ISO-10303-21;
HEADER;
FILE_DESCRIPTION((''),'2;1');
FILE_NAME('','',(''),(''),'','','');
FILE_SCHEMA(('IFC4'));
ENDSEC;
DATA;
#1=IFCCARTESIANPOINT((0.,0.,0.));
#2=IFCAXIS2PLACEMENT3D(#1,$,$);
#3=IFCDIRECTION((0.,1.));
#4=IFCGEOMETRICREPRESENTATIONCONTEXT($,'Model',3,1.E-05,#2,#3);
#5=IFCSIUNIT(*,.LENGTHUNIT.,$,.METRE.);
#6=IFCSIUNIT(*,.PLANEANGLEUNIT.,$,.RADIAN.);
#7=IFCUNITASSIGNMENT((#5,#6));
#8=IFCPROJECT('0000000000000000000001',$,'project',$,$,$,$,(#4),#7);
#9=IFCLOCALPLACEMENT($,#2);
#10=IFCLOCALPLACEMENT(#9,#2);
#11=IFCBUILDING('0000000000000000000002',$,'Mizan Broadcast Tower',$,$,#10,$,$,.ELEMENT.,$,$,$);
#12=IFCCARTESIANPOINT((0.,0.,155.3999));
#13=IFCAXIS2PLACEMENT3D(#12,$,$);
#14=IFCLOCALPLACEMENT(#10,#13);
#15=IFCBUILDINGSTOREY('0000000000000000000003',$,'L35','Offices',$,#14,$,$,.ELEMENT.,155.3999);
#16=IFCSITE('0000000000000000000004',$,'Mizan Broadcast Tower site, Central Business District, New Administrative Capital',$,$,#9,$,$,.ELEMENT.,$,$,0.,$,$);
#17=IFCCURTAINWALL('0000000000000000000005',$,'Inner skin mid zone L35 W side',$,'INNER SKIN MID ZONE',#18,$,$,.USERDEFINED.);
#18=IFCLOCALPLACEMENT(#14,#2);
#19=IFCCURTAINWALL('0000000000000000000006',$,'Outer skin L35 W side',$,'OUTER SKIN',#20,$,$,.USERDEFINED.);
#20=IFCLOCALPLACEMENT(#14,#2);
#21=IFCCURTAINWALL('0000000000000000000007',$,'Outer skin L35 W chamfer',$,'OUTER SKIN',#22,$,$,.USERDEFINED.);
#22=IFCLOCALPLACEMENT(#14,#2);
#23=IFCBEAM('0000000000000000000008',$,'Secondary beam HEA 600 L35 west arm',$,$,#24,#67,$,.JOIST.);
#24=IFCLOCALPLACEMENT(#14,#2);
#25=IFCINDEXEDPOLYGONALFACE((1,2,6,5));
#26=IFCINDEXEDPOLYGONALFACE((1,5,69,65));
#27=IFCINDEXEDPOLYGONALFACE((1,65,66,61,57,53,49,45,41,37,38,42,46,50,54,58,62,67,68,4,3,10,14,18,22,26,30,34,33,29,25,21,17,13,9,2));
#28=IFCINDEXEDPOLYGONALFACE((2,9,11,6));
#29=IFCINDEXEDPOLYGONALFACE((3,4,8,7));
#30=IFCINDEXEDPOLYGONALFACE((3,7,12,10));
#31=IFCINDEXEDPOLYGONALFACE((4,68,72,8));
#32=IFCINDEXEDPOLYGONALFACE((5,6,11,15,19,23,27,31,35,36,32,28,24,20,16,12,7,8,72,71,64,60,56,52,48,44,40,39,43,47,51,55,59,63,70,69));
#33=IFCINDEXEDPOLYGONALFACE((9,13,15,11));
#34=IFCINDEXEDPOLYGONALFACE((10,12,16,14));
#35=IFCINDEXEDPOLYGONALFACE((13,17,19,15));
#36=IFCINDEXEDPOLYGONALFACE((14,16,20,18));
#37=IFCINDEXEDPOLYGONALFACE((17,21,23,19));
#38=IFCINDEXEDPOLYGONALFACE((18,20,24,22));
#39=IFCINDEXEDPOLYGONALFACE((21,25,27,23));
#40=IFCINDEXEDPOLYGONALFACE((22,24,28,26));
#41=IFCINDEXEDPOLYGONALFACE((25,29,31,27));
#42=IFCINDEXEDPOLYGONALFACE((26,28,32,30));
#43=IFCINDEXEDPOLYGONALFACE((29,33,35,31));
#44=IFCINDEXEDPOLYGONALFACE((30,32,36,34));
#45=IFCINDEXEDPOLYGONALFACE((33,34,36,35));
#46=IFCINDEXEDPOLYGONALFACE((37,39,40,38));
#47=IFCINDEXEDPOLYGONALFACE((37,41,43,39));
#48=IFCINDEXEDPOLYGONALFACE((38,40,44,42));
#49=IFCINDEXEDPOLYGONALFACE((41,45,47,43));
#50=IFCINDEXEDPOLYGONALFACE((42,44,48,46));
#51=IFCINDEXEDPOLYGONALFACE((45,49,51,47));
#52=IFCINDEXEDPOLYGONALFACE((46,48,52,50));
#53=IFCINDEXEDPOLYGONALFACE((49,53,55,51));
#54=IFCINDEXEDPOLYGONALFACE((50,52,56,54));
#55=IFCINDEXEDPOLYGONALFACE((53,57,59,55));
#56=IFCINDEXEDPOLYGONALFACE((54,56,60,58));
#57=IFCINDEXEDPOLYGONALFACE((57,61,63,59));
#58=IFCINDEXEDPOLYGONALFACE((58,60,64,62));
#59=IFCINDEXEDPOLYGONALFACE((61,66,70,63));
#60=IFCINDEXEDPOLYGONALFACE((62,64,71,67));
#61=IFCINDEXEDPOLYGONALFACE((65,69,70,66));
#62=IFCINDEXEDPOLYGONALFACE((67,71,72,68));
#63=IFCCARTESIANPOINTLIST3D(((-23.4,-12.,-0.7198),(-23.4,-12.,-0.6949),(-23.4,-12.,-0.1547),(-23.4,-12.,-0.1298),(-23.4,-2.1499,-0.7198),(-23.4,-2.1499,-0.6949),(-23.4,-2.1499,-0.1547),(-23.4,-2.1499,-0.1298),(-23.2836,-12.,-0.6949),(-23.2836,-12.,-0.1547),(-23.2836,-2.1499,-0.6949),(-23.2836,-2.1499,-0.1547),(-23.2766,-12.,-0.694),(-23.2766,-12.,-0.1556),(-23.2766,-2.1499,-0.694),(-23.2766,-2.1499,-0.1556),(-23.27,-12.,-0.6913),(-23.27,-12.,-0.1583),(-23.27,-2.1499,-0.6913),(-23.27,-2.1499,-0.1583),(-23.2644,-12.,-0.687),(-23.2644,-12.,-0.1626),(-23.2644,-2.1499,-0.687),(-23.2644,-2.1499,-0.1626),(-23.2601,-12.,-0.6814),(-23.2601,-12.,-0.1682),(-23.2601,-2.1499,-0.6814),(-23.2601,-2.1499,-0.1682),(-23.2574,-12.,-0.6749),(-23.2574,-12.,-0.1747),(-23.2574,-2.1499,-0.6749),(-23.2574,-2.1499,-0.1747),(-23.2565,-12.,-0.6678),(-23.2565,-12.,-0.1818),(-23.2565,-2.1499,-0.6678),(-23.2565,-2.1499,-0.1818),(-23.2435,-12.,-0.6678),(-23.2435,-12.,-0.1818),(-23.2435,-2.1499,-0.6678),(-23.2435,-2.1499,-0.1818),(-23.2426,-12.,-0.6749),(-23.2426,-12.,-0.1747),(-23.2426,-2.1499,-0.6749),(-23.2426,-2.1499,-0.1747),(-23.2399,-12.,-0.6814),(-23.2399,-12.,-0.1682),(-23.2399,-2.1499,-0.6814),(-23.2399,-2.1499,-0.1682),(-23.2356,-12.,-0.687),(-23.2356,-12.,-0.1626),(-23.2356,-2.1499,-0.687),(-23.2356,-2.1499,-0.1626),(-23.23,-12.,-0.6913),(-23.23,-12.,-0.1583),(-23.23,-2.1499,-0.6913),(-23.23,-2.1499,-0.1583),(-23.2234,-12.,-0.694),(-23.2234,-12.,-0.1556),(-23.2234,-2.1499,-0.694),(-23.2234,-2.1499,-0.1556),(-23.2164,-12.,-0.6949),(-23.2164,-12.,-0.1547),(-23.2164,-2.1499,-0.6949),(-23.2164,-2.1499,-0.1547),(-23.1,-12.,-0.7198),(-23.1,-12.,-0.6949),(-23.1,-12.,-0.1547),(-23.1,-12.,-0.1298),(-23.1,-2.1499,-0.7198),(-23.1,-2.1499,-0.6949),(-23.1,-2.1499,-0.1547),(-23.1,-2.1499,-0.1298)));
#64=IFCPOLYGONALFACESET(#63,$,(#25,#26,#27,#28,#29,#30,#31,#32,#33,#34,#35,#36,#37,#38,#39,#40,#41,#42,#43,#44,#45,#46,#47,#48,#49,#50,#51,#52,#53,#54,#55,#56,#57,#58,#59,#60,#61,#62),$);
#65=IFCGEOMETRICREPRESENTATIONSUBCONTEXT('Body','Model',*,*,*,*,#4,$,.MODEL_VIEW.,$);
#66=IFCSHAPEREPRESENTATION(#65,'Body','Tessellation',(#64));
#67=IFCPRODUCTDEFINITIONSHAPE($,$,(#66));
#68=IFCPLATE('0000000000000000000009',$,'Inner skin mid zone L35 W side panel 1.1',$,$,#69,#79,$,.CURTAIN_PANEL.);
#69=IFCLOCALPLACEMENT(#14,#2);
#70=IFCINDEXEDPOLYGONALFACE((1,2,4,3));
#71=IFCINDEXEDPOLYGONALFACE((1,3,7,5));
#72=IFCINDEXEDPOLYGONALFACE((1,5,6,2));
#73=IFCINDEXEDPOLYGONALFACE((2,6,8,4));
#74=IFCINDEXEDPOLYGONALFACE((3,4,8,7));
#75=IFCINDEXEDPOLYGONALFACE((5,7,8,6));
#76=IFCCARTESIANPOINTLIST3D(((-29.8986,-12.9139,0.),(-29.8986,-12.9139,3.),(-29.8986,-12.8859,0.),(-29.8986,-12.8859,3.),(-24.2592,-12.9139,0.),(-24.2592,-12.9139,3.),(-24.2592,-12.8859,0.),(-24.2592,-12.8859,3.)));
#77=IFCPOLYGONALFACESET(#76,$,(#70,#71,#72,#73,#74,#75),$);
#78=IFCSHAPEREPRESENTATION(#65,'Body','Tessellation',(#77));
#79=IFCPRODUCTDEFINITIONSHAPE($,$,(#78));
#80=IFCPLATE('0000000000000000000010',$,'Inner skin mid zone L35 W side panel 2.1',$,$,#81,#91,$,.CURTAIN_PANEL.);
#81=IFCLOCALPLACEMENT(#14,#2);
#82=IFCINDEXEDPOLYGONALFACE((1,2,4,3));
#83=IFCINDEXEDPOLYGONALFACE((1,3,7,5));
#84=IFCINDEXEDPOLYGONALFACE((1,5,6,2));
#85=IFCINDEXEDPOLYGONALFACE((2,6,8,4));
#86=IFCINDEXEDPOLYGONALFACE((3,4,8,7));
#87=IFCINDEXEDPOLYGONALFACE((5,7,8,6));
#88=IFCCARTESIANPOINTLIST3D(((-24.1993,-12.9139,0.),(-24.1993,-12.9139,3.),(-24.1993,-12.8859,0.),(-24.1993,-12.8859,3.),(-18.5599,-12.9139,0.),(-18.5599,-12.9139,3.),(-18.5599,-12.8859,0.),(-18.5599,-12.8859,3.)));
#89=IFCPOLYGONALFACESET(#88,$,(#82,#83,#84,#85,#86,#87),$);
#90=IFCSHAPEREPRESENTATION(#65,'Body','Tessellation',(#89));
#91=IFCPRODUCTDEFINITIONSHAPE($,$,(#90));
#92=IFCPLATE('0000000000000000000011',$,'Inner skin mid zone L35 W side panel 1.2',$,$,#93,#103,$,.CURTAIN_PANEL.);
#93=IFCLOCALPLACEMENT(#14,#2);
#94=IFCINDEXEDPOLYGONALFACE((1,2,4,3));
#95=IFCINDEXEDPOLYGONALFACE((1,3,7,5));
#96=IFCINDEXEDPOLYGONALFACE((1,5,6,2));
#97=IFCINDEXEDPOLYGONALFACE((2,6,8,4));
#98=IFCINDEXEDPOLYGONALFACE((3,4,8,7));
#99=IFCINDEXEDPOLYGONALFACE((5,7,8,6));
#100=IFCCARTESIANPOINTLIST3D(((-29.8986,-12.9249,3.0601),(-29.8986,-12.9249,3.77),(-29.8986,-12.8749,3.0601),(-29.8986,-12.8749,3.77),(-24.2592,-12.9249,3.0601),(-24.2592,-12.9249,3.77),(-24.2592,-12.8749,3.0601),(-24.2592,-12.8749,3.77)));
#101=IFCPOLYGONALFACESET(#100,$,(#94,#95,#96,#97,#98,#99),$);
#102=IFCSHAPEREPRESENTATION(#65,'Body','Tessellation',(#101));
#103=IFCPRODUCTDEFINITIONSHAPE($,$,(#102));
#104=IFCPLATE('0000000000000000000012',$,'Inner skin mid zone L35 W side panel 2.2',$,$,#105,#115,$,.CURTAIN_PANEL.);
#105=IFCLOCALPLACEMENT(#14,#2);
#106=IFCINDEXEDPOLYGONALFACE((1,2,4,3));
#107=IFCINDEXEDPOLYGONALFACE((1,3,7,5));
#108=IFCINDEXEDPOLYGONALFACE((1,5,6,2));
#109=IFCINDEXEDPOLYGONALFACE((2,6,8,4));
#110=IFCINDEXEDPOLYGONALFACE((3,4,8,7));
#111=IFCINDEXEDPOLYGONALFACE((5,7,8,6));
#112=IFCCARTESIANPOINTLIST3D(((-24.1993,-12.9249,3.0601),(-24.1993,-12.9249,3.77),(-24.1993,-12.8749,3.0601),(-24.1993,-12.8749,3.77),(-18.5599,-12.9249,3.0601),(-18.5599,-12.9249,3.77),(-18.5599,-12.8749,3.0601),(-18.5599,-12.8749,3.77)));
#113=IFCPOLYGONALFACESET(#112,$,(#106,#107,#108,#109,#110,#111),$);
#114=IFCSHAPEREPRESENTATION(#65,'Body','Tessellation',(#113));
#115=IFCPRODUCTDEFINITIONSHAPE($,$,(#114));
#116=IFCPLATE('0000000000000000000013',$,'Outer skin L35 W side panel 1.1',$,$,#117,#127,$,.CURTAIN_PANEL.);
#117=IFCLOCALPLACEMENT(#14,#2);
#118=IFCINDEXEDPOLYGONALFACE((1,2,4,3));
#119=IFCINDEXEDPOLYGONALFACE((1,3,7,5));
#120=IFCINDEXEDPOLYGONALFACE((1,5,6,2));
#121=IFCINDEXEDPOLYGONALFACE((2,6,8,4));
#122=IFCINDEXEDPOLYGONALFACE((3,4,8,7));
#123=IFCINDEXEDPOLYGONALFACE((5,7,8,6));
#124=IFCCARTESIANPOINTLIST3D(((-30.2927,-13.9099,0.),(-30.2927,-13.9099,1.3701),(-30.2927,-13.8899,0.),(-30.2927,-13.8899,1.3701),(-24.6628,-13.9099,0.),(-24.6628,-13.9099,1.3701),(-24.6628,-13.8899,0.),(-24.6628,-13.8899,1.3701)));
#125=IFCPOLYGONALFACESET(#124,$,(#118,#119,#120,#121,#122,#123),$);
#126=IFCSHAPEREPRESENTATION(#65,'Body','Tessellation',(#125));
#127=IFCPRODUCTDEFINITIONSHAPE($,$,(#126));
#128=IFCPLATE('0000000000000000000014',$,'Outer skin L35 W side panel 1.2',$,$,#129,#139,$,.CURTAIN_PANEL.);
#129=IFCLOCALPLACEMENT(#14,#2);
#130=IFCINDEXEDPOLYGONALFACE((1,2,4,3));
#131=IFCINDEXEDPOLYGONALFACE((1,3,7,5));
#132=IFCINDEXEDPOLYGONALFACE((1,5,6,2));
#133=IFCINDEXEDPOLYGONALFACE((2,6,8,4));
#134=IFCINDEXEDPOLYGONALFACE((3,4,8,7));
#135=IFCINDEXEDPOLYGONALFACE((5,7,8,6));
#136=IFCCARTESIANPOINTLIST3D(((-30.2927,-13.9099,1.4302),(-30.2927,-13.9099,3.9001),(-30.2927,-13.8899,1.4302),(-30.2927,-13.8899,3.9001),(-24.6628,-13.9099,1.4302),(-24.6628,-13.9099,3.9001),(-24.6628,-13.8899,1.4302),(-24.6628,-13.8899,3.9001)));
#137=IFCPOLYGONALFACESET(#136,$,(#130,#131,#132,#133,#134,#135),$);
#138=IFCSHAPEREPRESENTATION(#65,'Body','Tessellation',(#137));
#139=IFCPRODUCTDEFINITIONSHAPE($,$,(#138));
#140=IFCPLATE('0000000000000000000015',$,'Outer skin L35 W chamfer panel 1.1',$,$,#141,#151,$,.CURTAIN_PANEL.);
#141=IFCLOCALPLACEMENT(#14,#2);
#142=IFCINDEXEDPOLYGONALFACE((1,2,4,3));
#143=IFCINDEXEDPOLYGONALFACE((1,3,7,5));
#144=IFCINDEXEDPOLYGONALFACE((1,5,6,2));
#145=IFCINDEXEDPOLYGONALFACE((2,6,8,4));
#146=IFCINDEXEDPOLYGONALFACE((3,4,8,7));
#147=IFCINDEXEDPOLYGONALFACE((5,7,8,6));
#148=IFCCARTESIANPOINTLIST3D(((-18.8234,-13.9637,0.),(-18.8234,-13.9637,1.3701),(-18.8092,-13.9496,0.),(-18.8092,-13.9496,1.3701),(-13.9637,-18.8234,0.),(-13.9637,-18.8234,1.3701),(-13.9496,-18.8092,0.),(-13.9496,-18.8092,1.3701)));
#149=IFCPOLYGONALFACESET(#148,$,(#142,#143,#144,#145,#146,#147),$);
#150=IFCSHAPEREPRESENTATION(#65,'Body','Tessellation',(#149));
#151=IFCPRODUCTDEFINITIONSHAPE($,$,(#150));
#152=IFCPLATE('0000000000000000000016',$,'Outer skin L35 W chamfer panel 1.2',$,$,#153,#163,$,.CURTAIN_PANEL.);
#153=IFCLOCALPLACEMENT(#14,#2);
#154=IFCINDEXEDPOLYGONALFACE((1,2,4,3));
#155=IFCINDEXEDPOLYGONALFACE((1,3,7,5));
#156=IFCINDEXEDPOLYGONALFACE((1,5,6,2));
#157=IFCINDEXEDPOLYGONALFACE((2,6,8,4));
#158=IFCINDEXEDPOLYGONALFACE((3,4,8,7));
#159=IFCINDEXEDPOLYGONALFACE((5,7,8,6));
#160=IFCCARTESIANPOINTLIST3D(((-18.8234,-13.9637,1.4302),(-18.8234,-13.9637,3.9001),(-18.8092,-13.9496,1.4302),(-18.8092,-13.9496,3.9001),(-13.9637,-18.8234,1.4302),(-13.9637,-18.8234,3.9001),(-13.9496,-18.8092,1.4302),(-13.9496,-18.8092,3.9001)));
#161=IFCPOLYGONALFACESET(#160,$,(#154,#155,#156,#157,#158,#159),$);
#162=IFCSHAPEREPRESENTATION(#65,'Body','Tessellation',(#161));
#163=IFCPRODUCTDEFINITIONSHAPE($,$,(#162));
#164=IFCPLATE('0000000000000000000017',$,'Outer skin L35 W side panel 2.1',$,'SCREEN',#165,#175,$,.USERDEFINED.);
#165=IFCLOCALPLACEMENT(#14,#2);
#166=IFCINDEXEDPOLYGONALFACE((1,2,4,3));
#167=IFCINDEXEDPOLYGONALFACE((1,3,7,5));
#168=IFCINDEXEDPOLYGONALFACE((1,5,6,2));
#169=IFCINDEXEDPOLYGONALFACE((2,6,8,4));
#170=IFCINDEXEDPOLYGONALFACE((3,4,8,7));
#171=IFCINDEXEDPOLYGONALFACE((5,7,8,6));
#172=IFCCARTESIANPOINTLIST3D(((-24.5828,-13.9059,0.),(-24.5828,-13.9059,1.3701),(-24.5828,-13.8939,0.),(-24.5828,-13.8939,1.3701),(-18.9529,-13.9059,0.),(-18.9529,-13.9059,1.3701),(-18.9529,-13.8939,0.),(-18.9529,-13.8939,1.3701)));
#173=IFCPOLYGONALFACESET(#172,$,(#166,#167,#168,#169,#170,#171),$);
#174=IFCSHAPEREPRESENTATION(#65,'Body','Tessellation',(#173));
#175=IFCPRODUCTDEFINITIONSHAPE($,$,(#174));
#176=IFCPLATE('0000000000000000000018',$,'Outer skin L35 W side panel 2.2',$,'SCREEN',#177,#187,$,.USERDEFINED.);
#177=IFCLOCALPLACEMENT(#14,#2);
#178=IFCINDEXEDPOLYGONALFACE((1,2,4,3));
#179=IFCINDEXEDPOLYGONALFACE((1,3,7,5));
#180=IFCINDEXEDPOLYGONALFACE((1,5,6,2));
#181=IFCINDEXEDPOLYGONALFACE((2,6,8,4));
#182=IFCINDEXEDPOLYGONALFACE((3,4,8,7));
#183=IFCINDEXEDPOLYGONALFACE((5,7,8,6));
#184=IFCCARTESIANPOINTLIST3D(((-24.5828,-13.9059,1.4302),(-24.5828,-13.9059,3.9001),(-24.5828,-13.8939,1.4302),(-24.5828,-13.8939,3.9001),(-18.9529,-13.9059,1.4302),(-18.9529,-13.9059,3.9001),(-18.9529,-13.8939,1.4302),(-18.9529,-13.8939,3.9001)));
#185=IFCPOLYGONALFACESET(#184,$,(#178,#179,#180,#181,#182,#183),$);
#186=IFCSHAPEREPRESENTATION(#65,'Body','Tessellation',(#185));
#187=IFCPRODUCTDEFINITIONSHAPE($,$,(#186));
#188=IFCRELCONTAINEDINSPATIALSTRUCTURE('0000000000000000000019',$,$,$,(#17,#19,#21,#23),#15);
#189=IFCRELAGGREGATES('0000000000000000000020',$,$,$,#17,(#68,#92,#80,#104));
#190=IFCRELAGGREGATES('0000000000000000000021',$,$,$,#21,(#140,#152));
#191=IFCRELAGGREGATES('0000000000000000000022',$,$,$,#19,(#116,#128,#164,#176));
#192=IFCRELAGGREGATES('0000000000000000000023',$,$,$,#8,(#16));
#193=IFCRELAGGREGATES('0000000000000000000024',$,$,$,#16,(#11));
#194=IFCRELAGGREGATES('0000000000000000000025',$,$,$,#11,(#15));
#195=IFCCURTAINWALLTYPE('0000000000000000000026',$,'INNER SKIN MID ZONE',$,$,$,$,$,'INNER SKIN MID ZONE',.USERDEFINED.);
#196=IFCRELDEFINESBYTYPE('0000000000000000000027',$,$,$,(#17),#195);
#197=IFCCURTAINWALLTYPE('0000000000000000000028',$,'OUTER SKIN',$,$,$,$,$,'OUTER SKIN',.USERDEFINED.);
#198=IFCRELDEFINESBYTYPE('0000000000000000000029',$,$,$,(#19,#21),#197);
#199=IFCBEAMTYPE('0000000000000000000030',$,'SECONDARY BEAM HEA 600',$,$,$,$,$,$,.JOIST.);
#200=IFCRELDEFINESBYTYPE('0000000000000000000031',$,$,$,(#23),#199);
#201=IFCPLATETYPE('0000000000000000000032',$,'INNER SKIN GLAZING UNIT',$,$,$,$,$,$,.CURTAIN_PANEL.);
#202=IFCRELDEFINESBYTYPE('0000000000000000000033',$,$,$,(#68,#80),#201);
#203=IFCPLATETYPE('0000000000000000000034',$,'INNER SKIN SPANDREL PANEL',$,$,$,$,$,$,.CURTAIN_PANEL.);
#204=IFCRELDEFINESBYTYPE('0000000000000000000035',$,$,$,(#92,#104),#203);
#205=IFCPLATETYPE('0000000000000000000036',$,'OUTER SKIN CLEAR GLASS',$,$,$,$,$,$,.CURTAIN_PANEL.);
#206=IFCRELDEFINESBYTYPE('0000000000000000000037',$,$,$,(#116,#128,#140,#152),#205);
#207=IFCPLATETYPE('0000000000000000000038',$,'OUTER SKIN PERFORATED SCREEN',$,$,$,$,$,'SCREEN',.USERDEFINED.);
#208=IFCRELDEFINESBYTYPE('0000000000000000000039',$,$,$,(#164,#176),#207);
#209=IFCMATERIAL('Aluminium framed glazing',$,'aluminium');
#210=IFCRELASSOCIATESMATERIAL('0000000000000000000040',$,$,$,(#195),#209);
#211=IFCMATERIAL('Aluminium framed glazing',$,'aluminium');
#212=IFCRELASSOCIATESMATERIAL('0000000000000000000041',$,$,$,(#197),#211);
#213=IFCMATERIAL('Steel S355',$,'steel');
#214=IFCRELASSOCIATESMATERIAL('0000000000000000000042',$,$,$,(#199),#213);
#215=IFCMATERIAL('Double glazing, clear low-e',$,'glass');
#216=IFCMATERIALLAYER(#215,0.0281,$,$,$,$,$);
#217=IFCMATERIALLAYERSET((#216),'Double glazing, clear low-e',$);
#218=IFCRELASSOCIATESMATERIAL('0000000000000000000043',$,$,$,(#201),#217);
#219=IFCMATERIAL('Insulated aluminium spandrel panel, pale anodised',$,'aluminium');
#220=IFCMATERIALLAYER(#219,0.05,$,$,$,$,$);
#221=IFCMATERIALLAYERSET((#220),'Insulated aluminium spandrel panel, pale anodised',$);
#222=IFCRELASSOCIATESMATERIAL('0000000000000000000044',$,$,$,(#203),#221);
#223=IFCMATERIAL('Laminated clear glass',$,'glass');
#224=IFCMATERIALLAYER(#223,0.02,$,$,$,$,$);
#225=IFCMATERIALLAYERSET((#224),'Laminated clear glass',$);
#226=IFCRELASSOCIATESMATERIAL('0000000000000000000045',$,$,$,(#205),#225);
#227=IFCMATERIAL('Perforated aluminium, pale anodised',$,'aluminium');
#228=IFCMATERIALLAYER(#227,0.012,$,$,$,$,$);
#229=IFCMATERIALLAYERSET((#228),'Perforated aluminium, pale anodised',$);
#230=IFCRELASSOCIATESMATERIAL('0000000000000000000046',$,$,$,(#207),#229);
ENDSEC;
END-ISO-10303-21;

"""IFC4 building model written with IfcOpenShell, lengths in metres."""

from ifc_helpers import new_model, si_unit, direction, frame, origin, origin_2d, place, context, subcontext, project, spatial, rectangle, i_section, extrude, material, layer, layer_set, material_profile, profile_set, type_object, element, aggregate, save


model = new_model("IFC4")

# Units and contexts
model_context = context("Model", 3, precision=1e-05, world=origin(), true_north=direction((0.0, 1.0)))
body_context = subcontext(model_context, "Body", "Model", "MODEL_VIEW")
ifc_project = project(units=[si_unit("LENGTHUNIT", "METRE"), si_unit("PLANEANGLEUNIT", "RADIAN")], contexts=[model_context])

# Site, building, storey
site_placement = place(None, origin())
site = spatial("IfcSite", under=ifc_project, at=site_placement, Name="Mizan Broadcast Tower site, Central Business District, New Administrative Capital", CompositionType="ELEMENT", RefElevation=0.0)
building_placement = place(site_placement, origin())
building = spatial("IfcBuilding", under=site, at=building_placement, Name="Mizan Broadcast Tower", CompositionType="ELEMENT")
storey_placement = place(building_placement, frame((0.0, 0.0, 155.3999)))
storey = spatial("IfcBuildingStorey", under=building, at=storey_placement, Name="L35", Description="Offices", CompositionType="ELEMENT", Elevation=155.3999)

# Curtain walls
ifc_material_1 = material(Name="Aluminium framed glazing", Category="aluminium")
curtain_wall_type_1 = type_object("IfcCurtainWallType", Name="INNER SKIN MID ZONE", ElementType="INNER SKIN MID ZONE", PredefinedType="USERDEFINED", material=ifc_material_1)
curtain_wall_1_placement = place(storey_placement, origin())
curtain_wall_1 = element("IfcCurtainWall", 1, at=curtain_wall_1_placement, inside=storey, type_object=curtain_wall_type_1, Name="Inner skin mid zone L35 W side", ObjectType="INNER SKIN MID ZONE", PredefinedType="USERDEFINED")
ifc_material_2 = material(Name="Aluminium framed glazing", Category="aluminium")
curtain_wall_type_2 = type_object("IfcCurtainWallType", Name="OUTER SKIN", ElementType="OUTER SKIN", PredefinedType="USERDEFINED", material=ifc_material_2)
curtain_wall_2_placement = place(storey_placement, origin())
curtain_wall_2 = element("IfcCurtainWall", 2, at=curtain_wall_2_placement, inside=storey, type_object=curtain_wall_type_2, Name="Outer skin L35 W side", ObjectType="OUTER SKIN", PredefinedType="USERDEFINED")

# Curtain wall
curtain_wall_3_placement = place(storey_placement, origin())
curtain_wall_3 = element("IfcCurtainWall", 3, at=curtain_wall_3_placement, inside=storey, type_object=curtain_wall_type_2, Name="Outer skin L35 W chamfer", ObjectType="OUTER SKIN", PredefinedType="USERDEFINED")

# Beam
ifc_material_3 = material(Name="Steel S355", Category="steel")
ifc_material_profile_1 = material_profile(ifc_material_3, i_section(OverallWidth=0.3, OverallDepth=0.5901, WebThickness=0.0129, FlangeThickness=0.0249, FilletRadius=0.0271, at=origin_2d()), Name="HEA 600")
ifc_profile_set_1 = profile_set([ifc_material_profile_1], Name="Steel S355")
beam_type_1 = type_object("IfcBeamType", Name="SECONDARY BEAM HEA 600", PredefinedType="JOIST", material=ifc_profile_set_1)
for number, where, z_axis, x_axis, name in (
    (4, (-23.25, -12.0, -0.4248), (0.0, 1.0, 0.0), (-1.0, 0.0, 0.0), "Secondary beam HEA 600 L35 west arm"),
):
    element("IfcBeam", number, at=place(storey_placement, frame(where, z_axis=z_axis, x_axis=x_axis)), inside=storey, type_object=beam_type_1, Name=name, PredefinedType="JOIST", context=body_context, shape_type="SweptSolid", body=[
        extrude(i_section(OverallWidth=0.3, OverallDepth=0.5901, WebThickness=0.0129, FlangeThickness=0.0249, FilletRadius=0.0271, at=origin_2d()), origin(), (0.0, 0.0, 1.0), 9.8501),
    ])

# Plates
ifc_material_4 = material(Name="Double glazing, clear low-e", Category="glass")
ifc_layer_1 = layer(ifc_material_4, 0.0281)
ifc_layer_set_1 = layer_set([ifc_layer_1], Name="Double glazing, clear low-e")
plate_type_1 = type_object("IfcPlateType", Name="INNER SKIN GLAZING UNIT", PredefinedType="CURTAIN_PANEL", material=ifc_layer_set_1)
plate_1_placement = place(storey_placement, frame((-27.0789, -12.8999, 0.0), z_axis=(0.0, 0.0, 1.0), x_axis=(1.0, 0.0, 0.0)))
plate_1 = element("IfcPlate", 5, at=plate_1_placement, type_object=plate_type_1, Name="Inner skin mid zone L35 W side panel 1.1", PredefinedType="CURTAIN_PANEL", context=body_context, shape_type="SweptSolid", body=[
    extrude(rectangle(XDim=5.6394, YDim=0.0281, at=origin_2d()), origin(), (0.0, 0.0, 1.0), 3.0),
])
plate_2_placement = place(storey_placement, frame((-21.3796, -12.8999, 0.0), z_axis=(0.0, 0.0, 1.0), x_axis=(1.0, 0.0, 0.0)))
plate_2 = element("IfcPlate", 6, at=plate_2_placement, type_object=plate_type_1, Name="Inner skin mid zone L35 W side panel 2.1", PredefinedType="CURTAIN_PANEL", context=body_context, shape_type="SweptSolid", body=[
    extrude(rectangle(XDim=5.6394, YDim=0.0281, at=origin_2d()), origin(), (0.0, 0.0, 1.0), 3.0),
])
ifc_material_5 = material(Name="Insulated aluminium spandrel panel, pale anodised", Category="aluminium")
ifc_layer_2 = layer(ifc_material_5, 0.05)
ifc_layer_set_2 = layer_set([ifc_layer_2], Name="Insulated aluminium spandrel panel, pale anodised")
plate_type_2 = type_object("IfcPlateType", Name="INNER SKIN SPANDREL PANEL", PredefinedType="CURTAIN_PANEL", material=ifc_layer_set_2)
plate_3_placement = place(storey_placement, frame((-27.0789, -12.8999, 3.0601), z_axis=(0.0, 0.0, 1.0), x_axis=(1.0, 0.0, 0.0)))
plate_3 = element("IfcPlate", 7, at=plate_3_placement, type_object=plate_type_2, Name="Inner skin mid zone L35 W side panel 1.2", PredefinedType="CURTAIN_PANEL", context=body_context, shape_type="SweptSolid", body=[
    extrude(rectangle(XDim=5.6394, YDim=0.05, at=origin_2d()), origin(), (0.0, 0.0, 1.0), 0.71),
])
plate_4_placement = place(storey_placement, frame((-21.3796, -12.8999, 3.0601), z_axis=(0.0, 0.0, 1.0), x_axis=(1.0, 0.0, 0.0)))
plate_4 = element("IfcPlate", 8, at=plate_4_placement, type_object=plate_type_2, Name="Inner skin mid zone L35 W side panel 2.2", PredefinedType="CURTAIN_PANEL", context=body_context, shape_type="SweptSolid", body=[
    extrude(rectangle(XDim=5.6394, YDim=0.05, at=origin_2d()), origin(), (0.0, 0.0, 1.0), 0.71),
])
aggregate(curtain_wall_1, [plate_1, plate_3, plate_2, plate_4])
ifc_material_6 = material(Name="Laminated clear glass", Category="glass")
ifc_layer_3 = layer(ifc_material_6, 0.02)
ifc_layer_set_3 = layer_set([ifc_layer_3], Name="Laminated clear glass")
plate_type_3 = type_object("IfcPlateType", Name="OUTER SKIN CLEAR GLASS", PredefinedType="CURTAIN_PANEL", material=ifc_layer_set_3)
plate_5_placement = place(storey_placement, frame((-27.4778, -13.8999, 0.0), z_axis=(0.0, 0.0, 1.0), x_axis=(1.0, 0.0, 0.0)))
plate_5 = element("IfcPlate", 9, at=plate_5_placement, type_object=plate_type_3, Name="Outer skin L35 W side panel 1.1", PredefinedType="CURTAIN_PANEL", context=body_context, shape_type="SweptSolid", body=[
    extrude(rectangle(XDim=5.6299, YDim=0.02, at=origin_2d()), origin(), (0.0, 0.0, 1.0), 1.3701),
])
plate_6_placement = place(storey_placement, frame((-27.4778, -13.8999, 1.4302), z_axis=(0.0, 0.0, 1.0), x_axis=(1.0, 0.0, 0.0)))
plate_6 = element("IfcPlate", 10, at=plate_6_placement, type_object=plate_type_3, Name="Outer skin L35 W side panel 1.2", PredefinedType="CURTAIN_PANEL", context=body_context, shape_type="SweptSolid", body=[
    extrude(rectangle(XDim=5.6299, YDim=0.02, at=origin_2d()), origin(), (0.0, 0.0, 1.0), 2.47),
])
plate_7_placement = place(storey_placement, frame((-16.3865, -16.3865, 0.0), z_axis=(0.0, 0.0, 1.0), x_axis=(0.707107, -0.707107, 0.0)))
plate_7 = element("IfcPlate", 11, at=plate_7_placement, type_object=plate_type_3, Name="Outer skin L35 W chamfer panel 1.1", PredefinedType="CURTAIN_PANEL", context=body_context, shape_type="SweptSolid", body=[
    extrude(rectangle(XDim=6.8726, YDim=0.02, at=origin_2d()), origin(), (0.0, 0.0, 1.0), 1.3701),
])
plate_8_placement = place(storey_placement, frame((-16.3865, -16.3865, 1.4302), z_axis=(0.0, 0.0, 1.0), x_axis=(0.707107, -0.707107, 0.0)))
plate_8 = element("IfcPlate", 12, at=plate_8_placement, type_object=plate_type_3, Name="Outer skin L35 W chamfer panel 1.2", PredefinedType="CURTAIN_PANEL", context=body_context, shape_type="SweptSolid", body=[
    extrude(rectangle(XDim=6.8726, YDim=0.02, at=origin_2d()), origin(), (0.0, 0.0, 1.0), 2.47),
])
aggregate(curtain_wall_3, [plate_7, plate_8])
ifc_material_7 = material(Name="Perforated aluminium, pale anodised", Category="aluminium")
ifc_layer_4 = layer(ifc_material_7, 0.012)
ifc_layer_set_4 = layer_set([ifc_layer_4], Name="Perforated aluminium, pale anodised")
plate_type_4 = type_object("IfcPlateType", Name="OUTER SKIN PERFORATED SCREEN", ElementType="SCREEN", PredefinedType="USERDEFINED", material=ifc_layer_set_4)
plate_9_placement = place(storey_placement, frame((-21.7678, -13.8999, 0.0), z_axis=(0.0, 0.0, 1.0), x_axis=(1.0, 0.0, 0.0)))
plate_9 = element("IfcPlate", 13, at=plate_9_placement, type_object=plate_type_4, Name="Outer skin L35 W side panel 2.1", ObjectType="SCREEN", PredefinedType="USERDEFINED", context=body_context, shape_type="SweptSolid", body=[
    extrude(rectangle(XDim=5.6299, YDim=0.012, at=origin_2d()), origin(), (0.0, 0.0, 1.0), 1.3701),
])
plate_10_placement = place(storey_placement, frame((-21.7678, -13.8999, 1.4302), z_axis=(0.0, 0.0, 1.0), x_axis=(1.0, 0.0, 0.0)))
plate_10 = element("IfcPlate", 14, at=plate_10_placement, type_object=plate_type_4, Name="Outer skin L35 W side panel 2.2", ObjectType="SCREEN", PredefinedType="USERDEFINED", context=body_context, shape_type="SweptSolid", body=[
    extrude(rectangle(XDim=5.6299, YDim=0.012, at=origin_2d()), origin(), (0.0, 0.0, 1.0), 2.47),
])
aggregate(curtain_wall_2, [plate_5, plate_6, plate_9, plate_10])

save(model, "model.ifc")
